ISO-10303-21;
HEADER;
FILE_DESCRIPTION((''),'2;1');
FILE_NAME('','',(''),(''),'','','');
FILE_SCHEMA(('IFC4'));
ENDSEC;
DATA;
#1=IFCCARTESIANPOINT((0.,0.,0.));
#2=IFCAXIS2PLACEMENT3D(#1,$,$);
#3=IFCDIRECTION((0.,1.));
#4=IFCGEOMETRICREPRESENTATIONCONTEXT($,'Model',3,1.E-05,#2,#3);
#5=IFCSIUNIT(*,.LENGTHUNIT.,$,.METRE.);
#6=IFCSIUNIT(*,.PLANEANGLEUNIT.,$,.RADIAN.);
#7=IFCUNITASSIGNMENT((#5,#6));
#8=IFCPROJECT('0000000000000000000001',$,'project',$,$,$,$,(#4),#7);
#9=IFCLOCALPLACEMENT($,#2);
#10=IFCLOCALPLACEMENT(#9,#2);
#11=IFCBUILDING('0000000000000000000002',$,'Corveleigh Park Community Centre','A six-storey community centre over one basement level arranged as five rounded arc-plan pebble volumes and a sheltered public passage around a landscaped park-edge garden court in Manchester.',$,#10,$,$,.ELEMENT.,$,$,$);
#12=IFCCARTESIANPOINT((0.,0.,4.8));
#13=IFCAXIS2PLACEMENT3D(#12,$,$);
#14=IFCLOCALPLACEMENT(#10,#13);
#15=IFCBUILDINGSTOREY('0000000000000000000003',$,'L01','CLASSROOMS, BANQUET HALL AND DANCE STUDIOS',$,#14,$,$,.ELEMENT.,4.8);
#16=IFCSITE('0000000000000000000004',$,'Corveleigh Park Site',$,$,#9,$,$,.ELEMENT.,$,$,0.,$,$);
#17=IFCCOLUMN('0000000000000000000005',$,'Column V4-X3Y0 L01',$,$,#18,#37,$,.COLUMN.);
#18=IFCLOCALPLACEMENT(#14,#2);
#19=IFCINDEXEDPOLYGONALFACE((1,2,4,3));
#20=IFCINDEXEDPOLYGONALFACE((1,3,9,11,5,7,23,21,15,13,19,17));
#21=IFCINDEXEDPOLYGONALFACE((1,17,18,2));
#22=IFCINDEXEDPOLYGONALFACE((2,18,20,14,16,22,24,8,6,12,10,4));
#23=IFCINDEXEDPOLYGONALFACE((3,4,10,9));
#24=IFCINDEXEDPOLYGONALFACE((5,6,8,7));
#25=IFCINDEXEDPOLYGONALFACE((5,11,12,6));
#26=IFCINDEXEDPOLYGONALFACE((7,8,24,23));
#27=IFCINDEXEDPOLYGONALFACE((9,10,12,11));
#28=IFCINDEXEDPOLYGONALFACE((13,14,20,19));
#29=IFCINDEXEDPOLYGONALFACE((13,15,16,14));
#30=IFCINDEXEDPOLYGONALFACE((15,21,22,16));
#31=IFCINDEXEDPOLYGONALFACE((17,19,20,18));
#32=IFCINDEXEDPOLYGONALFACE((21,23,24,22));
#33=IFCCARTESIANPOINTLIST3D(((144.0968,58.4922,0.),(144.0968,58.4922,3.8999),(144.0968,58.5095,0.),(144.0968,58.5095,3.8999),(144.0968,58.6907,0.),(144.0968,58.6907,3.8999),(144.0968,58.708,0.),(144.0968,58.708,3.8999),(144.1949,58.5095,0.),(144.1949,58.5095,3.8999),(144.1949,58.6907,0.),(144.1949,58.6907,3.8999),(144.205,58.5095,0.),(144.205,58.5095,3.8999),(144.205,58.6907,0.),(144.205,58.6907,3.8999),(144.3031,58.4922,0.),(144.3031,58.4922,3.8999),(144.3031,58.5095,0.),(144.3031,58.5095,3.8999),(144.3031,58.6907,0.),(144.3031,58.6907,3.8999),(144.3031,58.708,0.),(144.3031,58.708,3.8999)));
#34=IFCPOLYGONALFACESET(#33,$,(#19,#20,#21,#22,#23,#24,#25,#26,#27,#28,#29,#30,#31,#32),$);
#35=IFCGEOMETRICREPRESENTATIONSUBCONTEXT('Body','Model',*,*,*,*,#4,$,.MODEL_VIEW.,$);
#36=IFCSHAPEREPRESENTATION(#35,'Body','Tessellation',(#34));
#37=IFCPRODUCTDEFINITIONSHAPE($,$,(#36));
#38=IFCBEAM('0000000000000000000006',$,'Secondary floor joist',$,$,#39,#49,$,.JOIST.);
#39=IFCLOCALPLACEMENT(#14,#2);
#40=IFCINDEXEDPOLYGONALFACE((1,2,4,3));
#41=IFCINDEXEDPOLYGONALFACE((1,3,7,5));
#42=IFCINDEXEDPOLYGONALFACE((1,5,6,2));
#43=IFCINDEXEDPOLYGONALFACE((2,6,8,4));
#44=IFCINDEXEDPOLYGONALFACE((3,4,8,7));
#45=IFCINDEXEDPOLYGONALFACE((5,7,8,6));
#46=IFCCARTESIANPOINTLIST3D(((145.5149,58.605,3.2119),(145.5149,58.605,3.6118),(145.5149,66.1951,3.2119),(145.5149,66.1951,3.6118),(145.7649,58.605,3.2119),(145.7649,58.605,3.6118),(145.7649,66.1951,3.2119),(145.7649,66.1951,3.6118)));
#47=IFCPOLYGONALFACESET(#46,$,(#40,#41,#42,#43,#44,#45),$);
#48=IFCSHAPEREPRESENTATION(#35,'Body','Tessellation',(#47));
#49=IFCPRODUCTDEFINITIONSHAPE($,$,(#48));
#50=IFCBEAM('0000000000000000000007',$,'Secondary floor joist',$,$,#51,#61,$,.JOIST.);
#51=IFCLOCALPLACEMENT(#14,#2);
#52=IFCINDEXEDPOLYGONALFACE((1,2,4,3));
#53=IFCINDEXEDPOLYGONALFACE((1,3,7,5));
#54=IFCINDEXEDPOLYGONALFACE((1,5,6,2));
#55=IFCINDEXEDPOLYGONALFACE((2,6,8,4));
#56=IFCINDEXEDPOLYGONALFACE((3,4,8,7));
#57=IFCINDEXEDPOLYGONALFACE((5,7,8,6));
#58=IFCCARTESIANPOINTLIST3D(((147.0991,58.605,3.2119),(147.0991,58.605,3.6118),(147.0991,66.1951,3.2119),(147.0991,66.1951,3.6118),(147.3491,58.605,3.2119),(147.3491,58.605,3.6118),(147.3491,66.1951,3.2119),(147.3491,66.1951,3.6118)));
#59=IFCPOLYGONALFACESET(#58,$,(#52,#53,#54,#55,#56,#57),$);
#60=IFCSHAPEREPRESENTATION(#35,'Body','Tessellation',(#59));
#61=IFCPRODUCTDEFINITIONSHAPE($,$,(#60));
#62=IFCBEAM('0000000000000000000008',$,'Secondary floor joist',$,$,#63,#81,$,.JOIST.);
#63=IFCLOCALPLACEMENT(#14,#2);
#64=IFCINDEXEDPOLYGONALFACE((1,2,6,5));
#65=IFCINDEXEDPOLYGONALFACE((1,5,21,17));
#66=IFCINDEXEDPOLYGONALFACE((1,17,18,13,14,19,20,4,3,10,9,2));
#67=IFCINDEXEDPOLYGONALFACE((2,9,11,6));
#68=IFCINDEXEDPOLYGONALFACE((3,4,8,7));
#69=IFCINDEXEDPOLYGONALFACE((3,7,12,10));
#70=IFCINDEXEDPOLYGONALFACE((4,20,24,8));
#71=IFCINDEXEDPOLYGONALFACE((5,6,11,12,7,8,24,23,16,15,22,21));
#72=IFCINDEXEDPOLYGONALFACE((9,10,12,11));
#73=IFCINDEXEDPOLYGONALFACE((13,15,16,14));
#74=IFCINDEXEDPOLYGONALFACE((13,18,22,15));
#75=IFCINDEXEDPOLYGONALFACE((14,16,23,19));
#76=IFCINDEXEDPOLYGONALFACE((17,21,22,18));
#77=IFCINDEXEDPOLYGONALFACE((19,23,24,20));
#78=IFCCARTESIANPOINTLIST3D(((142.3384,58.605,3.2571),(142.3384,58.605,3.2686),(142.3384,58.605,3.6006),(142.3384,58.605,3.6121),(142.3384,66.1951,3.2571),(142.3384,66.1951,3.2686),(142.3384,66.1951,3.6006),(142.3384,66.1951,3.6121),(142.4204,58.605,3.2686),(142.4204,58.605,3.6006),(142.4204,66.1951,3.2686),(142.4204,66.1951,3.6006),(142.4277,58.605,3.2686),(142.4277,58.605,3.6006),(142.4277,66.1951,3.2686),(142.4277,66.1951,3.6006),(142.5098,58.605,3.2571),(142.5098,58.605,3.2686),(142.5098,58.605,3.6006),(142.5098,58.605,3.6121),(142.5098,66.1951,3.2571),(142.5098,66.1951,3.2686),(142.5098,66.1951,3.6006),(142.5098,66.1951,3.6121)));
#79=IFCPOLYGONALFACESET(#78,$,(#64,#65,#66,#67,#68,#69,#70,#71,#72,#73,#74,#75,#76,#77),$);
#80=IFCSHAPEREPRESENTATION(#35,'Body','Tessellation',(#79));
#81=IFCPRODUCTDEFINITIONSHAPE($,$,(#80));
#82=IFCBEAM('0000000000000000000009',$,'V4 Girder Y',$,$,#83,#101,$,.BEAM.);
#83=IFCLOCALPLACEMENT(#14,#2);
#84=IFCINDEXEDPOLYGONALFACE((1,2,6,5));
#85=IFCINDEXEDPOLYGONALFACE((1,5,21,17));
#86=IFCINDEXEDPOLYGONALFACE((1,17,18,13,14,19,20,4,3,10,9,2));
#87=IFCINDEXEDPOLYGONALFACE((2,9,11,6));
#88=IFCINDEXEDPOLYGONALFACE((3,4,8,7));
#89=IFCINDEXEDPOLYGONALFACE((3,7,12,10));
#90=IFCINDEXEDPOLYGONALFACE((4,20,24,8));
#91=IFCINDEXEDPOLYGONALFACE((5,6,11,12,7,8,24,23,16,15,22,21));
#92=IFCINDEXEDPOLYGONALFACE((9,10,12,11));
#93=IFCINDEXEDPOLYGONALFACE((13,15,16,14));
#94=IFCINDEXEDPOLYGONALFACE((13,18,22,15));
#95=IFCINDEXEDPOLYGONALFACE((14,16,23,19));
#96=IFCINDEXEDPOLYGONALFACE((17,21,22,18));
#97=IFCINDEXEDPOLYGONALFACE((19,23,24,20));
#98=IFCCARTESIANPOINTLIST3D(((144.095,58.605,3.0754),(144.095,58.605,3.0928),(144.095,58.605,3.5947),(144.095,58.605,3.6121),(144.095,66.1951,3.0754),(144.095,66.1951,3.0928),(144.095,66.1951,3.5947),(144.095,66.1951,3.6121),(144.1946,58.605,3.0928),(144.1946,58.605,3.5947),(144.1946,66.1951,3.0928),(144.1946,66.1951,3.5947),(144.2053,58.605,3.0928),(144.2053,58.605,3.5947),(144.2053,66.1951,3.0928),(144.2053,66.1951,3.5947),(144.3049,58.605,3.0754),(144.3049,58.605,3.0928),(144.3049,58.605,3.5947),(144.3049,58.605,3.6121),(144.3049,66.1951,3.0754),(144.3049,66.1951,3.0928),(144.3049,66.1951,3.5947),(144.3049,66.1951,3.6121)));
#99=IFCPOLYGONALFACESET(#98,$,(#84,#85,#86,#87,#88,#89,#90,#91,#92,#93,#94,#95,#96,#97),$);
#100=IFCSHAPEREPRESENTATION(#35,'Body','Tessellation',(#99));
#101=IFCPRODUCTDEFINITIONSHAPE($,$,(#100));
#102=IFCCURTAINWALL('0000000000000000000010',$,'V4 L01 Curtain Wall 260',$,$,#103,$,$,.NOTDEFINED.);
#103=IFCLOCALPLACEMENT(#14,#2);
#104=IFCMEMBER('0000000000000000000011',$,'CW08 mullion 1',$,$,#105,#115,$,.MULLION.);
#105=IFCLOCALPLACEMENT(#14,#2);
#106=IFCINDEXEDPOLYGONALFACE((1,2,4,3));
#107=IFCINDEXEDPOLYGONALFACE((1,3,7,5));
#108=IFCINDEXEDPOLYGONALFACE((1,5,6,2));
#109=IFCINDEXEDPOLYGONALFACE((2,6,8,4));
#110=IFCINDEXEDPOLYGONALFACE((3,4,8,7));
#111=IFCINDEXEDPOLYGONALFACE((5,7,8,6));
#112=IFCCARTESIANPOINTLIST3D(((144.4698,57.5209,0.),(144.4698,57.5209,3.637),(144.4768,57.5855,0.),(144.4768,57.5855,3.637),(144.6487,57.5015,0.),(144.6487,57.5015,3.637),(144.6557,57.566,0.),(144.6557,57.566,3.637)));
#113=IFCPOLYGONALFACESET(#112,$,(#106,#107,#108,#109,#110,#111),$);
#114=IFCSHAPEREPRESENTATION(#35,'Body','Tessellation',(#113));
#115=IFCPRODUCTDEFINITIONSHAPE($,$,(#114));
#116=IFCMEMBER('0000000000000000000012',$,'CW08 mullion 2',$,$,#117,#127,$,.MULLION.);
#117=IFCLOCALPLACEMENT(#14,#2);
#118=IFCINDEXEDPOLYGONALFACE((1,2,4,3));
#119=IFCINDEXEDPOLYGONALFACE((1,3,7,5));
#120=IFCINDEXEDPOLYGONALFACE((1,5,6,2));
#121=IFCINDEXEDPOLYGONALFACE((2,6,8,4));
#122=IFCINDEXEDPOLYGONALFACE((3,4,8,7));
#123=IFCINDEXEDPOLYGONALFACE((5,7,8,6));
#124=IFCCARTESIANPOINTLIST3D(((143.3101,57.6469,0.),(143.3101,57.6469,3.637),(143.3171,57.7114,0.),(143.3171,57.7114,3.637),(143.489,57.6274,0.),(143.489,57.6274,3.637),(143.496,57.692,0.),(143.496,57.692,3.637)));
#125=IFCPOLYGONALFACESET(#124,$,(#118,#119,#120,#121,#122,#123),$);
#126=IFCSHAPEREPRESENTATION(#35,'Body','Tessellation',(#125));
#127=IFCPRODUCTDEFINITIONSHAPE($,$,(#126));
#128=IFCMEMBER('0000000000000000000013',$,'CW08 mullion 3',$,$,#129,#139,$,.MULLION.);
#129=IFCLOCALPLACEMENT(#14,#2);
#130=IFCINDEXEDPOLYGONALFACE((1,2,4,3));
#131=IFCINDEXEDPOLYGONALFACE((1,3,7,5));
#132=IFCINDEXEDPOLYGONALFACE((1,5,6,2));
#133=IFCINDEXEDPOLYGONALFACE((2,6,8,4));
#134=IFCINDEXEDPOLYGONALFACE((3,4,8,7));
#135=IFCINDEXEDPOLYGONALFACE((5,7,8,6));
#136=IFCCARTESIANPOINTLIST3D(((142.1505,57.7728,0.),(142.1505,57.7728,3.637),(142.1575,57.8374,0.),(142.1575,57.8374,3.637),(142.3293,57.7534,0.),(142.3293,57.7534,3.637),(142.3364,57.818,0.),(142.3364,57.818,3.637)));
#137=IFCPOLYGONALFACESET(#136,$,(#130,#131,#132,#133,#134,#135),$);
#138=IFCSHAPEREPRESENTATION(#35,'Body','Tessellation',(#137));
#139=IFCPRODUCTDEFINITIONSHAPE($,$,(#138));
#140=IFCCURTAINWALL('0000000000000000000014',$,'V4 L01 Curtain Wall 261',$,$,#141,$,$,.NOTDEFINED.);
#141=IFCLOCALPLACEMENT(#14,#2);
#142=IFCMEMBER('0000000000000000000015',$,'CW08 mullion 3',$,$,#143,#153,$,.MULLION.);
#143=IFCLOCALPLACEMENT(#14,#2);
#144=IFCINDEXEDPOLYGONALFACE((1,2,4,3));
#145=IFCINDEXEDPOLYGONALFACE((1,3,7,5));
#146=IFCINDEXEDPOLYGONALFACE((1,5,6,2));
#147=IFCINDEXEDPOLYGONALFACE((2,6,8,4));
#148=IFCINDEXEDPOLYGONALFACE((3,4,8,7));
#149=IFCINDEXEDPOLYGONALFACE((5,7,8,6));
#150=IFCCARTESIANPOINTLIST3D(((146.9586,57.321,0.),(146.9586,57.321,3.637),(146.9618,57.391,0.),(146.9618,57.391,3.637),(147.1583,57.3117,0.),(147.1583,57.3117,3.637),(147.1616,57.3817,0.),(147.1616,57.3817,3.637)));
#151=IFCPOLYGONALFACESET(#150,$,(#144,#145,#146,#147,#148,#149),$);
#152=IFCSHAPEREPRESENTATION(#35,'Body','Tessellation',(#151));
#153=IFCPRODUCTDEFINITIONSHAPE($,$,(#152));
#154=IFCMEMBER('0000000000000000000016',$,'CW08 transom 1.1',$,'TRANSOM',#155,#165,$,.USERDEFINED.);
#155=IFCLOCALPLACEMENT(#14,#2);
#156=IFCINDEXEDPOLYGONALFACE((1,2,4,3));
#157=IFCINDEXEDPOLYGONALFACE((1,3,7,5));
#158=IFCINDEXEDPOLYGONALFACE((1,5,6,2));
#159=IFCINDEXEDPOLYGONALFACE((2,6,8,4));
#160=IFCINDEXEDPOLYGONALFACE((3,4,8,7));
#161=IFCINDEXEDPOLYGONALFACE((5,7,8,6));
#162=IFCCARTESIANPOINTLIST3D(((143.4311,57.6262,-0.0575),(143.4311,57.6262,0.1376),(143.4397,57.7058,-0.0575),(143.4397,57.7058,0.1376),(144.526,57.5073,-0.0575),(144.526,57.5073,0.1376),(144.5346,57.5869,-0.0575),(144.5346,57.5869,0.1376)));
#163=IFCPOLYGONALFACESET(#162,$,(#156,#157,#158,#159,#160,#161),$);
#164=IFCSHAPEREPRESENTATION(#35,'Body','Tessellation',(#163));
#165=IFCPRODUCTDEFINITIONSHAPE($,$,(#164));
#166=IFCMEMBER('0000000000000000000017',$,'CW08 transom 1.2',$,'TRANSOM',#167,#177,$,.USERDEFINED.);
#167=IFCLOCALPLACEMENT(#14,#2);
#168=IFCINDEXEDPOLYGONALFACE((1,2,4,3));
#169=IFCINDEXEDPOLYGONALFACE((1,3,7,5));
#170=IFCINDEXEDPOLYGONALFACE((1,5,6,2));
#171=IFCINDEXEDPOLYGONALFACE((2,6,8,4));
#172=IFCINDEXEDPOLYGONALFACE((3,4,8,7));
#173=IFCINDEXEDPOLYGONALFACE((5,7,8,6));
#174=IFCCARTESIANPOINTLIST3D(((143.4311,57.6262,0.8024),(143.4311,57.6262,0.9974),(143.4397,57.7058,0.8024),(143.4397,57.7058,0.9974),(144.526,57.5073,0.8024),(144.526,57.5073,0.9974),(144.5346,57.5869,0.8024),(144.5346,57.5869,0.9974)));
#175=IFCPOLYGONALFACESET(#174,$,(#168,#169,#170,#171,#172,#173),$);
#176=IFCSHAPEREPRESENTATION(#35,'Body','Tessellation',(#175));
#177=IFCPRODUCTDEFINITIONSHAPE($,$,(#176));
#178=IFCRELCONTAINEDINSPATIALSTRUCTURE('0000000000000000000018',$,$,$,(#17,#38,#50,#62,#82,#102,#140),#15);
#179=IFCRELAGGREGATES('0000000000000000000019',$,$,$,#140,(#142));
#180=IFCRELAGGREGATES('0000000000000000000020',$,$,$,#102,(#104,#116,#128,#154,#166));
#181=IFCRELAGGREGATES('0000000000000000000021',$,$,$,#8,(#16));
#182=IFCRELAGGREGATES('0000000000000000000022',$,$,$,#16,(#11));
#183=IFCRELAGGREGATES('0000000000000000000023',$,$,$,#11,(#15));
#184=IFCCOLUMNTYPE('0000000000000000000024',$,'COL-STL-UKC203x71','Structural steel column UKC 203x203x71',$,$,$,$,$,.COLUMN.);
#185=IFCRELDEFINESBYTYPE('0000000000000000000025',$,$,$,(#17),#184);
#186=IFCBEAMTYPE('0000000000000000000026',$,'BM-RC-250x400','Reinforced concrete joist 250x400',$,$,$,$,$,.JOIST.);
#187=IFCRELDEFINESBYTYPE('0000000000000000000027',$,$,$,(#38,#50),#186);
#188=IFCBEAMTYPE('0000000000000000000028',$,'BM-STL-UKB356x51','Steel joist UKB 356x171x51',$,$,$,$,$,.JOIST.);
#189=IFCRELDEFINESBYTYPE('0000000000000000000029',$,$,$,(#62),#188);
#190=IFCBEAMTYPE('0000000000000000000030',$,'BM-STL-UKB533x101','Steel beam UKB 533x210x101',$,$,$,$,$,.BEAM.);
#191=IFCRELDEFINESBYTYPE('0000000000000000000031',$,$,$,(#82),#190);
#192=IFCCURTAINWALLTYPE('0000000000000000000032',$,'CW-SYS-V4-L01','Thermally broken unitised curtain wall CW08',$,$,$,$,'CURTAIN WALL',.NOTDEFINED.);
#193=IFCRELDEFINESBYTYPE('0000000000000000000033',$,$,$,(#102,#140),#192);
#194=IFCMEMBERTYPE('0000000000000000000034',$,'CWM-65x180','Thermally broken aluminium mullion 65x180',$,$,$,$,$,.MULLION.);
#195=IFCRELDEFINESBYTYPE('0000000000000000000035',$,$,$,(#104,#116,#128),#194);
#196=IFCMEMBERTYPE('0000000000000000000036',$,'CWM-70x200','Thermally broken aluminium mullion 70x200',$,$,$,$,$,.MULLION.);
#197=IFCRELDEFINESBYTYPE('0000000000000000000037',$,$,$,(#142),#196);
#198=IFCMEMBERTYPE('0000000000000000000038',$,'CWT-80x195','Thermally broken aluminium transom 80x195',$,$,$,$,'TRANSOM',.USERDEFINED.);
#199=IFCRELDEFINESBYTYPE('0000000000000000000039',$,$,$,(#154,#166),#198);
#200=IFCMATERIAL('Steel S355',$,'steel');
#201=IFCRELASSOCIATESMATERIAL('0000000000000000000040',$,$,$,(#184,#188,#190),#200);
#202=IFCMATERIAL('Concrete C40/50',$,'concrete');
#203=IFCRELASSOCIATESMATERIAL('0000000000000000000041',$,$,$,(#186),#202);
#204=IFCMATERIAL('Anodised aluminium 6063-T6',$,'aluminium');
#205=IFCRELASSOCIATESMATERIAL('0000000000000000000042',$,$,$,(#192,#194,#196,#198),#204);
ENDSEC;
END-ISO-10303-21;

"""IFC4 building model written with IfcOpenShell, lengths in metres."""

from ifc_helpers import new_model, si_unit, direction, frame, origin, origin_2d, place, context, subcontext, project, spatial, rectangle, i_section, extrude, material, material_profile, profile_set, type_object, element, aggregate, save


model = new_model("IFC4")

# Units and contexts
model_context = context("Model", 3, precision=1e-05, world=origin(), true_north=direction((0.0, 1.0)))
body_context = subcontext(model_context, "Body", "Model", "MODEL_VIEW")
ifc_project = project(units=[si_unit("LENGTHUNIT", "METRE"), si_unit("PLANEANGLEUNIT", "RADIAN")], contexts=[model_context])

# Site, building, storey
site_placement = place(None, origin())
site = spatial("IfcSite", under=ifc_project, at=site_placement, Name="Corveleigh Park Site", CompositionType="ELEMENT", RefElevation=0.0)
building_placement = place(site_placement, origin())
building = spatial("IfcBuilding", under=site, at=building_placement, Name="Corveleigh Park Community Centre", Description="A six-storey community centre over one basement level arranged as five rounded arc-plan pebble volumes and a sheltered public passage around a landscaped park-edge garden court in Manchester.", CompositionType="ELEMENT")
storey_placement = place(building_placement, frame((0.0, 0.0, 4.8)))
storey = spatial("IfcBuildingStorey", under=building, at=storey_placement, Name="L01", Description="CLASSROOMS, BANQUET HALL AND DANCE STUDIOS", CompositionType="ELEMENT", Elevation=4.8)

# Column
ifc_material_1 = material(Name="Steel S355", Category="steel")
ifc_material_profile_1 = material_profile(ifc_material_1, i_section(OverallWidth=0.2063, OverallDepth=0.2158, WebThickness=0.01, FlangeThickness=0.0173, at=origin_2d()), Name="UKC 203x203x71", Category="steel")
ifc_profile_set_1 = profile_set([ifc_material_profile_1], Name="Steel S355")
column_type = type_object("IfcColumnType", Name="COL-STL-UKC203x71", Description="Structural steel column UKC 203x203x71", PredefinedType="COLUMN", material=ifc_profile_set_1)
column_placement = place(storey_placement, frame((144.2, 58.6001, 0.0), z_axis=(0.0, 0.0, 1.0), x_axis=(1.0, 0.0, 0.0)))
element("IfcColumn", 1, at=column_placement, inside=storey, type_object=column_type, Name="Column V4-X3Y0 L01", PredefinedType="COLUMN", context=body_context, shape_type="SweptSolid", body=[
    extrude(i_section(OverallWidth=0.2063, OverallDepth=0.2158, WebThickness=0.01, FlangeThickness=0.0173, at=origin_2d()), origin(), (0.0, 0.0, 1.0), 3.8999),
])

# Beams
ifc_material_2 = material(Name="Concrete C40/50", Category="concrete")
ifc_material_profile_2 = material_profile(ifc_material_2, rectangle(XDim=0.25, YDim=0.3999, at=origin_2d()), Name="RC-250x400", Category="concrete")
ifc_profile_set_2 = profile_set([ifc_material_profile_2], Name="Concrete C40/50")
beam_type_1 = type_object("IfcBeamType", Name="BM-RC-250x400", Description="Reinforced concrete joist 250x400", PredefinedType="JOIST", material=ifc_profile_set_2)
for number, where, z_axis, x_axis, name in (
    (2, (145.6399, 58.605, 3.4119), (0.0, 1.0, 0.0), (-1.0, 0.0, 0.0), "Secondary floor joist"),
    (3, (147.2241, 58.605, 3.4119), (0.0, 1.0, 0.0), (-1.0, 0.0, 0.0), "Secondary floor joist"),
):
    element("IfcBeam", number, at=place(storey_placement, frame(where, z_axis=z_axis, x_axis=x_axis)), inside=storey, type_object=beam_type_1, Name=name, PredefinedType="JOIST", context=body_context, shape_type="SweptSolid", body=[
        extrude(rectangle(XDim=0.25, YDim=0.3999, at=origin_2d()), origin(), (0.0, 0.0, 1.0), 7.5901),
    ])
ifc_material_profile_3 = material_profile(ifc_material_1, i_section(OverallWidth=0.1714, OverallDepth=0.355, WebThickness=0.0073, FlangeThickness=0.0115, at=origin_2d()), Name="UKB 356x171x51", Category="steel")
ifc_profile_set_3 = profile_set([ifc_material_profile_3], Name="Steel S355")
beam_type_2 = type_object("IfcBeamType", Name="BM-STL-UKB356x51", Description="Steel joist UKB 356x171x51", PredefinedType="JOIST", material=ifc_profile_set_3)
beam_1_placement = place(storey_placement, frame((142.4241, 58.605, 3.4346), z_axis=(0.0, 1.0, 0.0), x_axis=(-1.0, 0.0, 0.0)))
element("IfcBeam", 4, at=beam_1_placement, inside=storey, type_object=beam_type_2, Name="Secondary floor joist", PredefinedType="JOIST", context=body_context, shape_type="SweptSolid", body=[
    extrude(i_section(OverallWidth=0.1714, OverallDepth=0.355, WebThickness=0.0073, FlangeThickness=0.0115, at=origin_2d()), origin(), (0.0, 0.0, 1.0), 7.5901),
])
ifc_material_profile_4 = material_profile(ifc_material_1, i_section(OverallWidth=0.21, OverallDepth=0.5366, WebThickness=0.0107, FlangeThickness=0.0173, at=origin_2d()), Name="UKB 533x210x101", Category="steel")
ifc_profile_set_4 = profile_set([ifc_material_profile_4], Name="Steel S355")
beam_type_3 = type_object("IfcBeamType", Name="BM-STL-UKB533x101", Description="Steel beam UKB 533x210x101", PredefinedType="BEAM", material=ifc_profile_set_4)
beam_2_placement = place(storey_placement, frame((144.2, 58.605, 3.3438), z_axis=(0.0, 1.0, 0.0), x_axis=(-1.0, 0.0, 0.0)))
element("IfcBeam", 5, at=beam_2_placement, inside=storey, type_object=beam_type_3, Name="V4 Girder Y", PredefinedType="BEAM", context=body_context, shape_type="SweptSolid", body=[
    extrude(i_section(OverallWidth=0.21, OverallDepth=0.5366, WebThickness=0.0107, FlangeThickness=0.0173, at=origin_2d()), origin(), (0.0, 0.0, 1.0), 7.5901),
])

# Curtain wall, members
ifc_material_3 = material(Name="Anodised aluminium 6063-T6", Category="aluminium")
curtain_wall_type = type_object("IfcCurtainWallType", Name="CW-SYS-V4-L01", Description="Thermally broken unitised curtain wall CW08", ElementType="CURTAIN WALL", PredefinedType="NOTDEFINED", material=ifc_material_3)
curtain_wall_1_placement = place(storey_placement, origin())
curtain_wall_1 = element("IfcCurtainWall", 6, at=curtain_wall_1_placement, inside=storey, type_object=curtain_wall_type, Name="V4 L01 Curtain Wall 260", PredefinedType="NOTDEFINED")
ifc_material_profile_5 = material_profile(ifc_material_3, rectangle(XDim=0.0649, YDim=0.1799, at=origin_2d()), Name="ALU-M65x180", Category="aluminium")
ifc_profile_set_5 = profile_set([ifc_material_profile_5], Name="Anodised aluminium 6063-T6")
member_type_1 = type_object("IfcMemberType", Name="CWM-65x180", Description="Thermally broken aluminium mullion 65x180", PredefinedType="MULLION", material=ifc_profile_set_5)
member_1_placement = place(storey_placement, frame((144.5627, 57.5435, 0.0), z_axis=(0.0, 0.0, 1.0), x_axis=(-0.108005, -0.99415, 0.0)))
member_1 = element("IfcMember", 7, at=member_1_placement, type_object=member_type_1, Name="CW08 mullion 1", PredefinedType="MULLION", context=body_context, shape_type="SweptSolid", body=[
    extrude(rectangle(XDim=0.0649, YDim=0.1799, at=origin_2d()), origin(), (0.0, 0.0, 1.0), 3.637),
])
member_2_placement = place(storey_placement, frame((143.4031, 57.6694, 0.0), z_axis=(0.0, 0.0, 1.0), x_axis=(-0.108005, -0.99415, 0.0)))
member_2 = element("IfcMember", 8, at=member_2_placement, type_object=member_type_1, Name="CW08 mullion 2", PredefinedType="MULLION", context=body_context, shape_type="SweptSolid", body=[
    extrude(rectangle(XDim=0.0649, YDim=0.1799, at=origin_2d()), origin(), (0.0, 0.0, 1.0), 3.637),
])
member_3_placement = place(storey_placement, frame((142.2434, 57.7954, 0.0), z_axis=(0.0, 0.0, 1.0), x_axis=(-0.108005, -0.99415, 0.0)))
member_3 = element("IfcMember", 9, at=member_3_placement, type_object=member_type_1, Name="CW08 mullion 3", PredefinedType="MULLION", context=body_context, shape_type="SweptSolid", body=[
    extrude(rectangle(XDim=0.0649, YDim=0.1799, at=origin_2d()), origin(), (0.0, 0.0, 1.0), 3.637),
])

# Curtain wall, member
curtain_wall_2_placement = place(storey_placement, origin())
curtain_wall_2 = element("IfcCurtainWall", 10, at=curtain_wall_2_placement, inside=storey, type_object=curtain_wall_type, Name="V4 L01 Curtain Wall 261", PredefinedType="NOTDEFINED")
ifc_material_profile_6 = material_profile(ifc_material_3, rectangle(XDim=0.0701, YDim=0.2, at=origin_2d()), Name="ALU-M70x200", Category="aluminium")
ifc_profile_set_6 = profile_set([ifc_material_profile_6], Name="Anodised aluminium 6063-T6")
member_type_2 = type_object("IfcMemberType", Name="CWM-70x200", Description="Thermally broken aluminium mullion 70x200", PredefinedType="MULLION", material=ifc_profile_set_6)
member_4_placement = place(storey_placement, frame((147.0601, 57.3513, 0.0), z_axis=(0.0, 0.0, 1.0), x_axis=(-0.046655, -0.998911, 0.0)))
member_4 = element("IfcMember", 11, at=member_4_placement, type_object=member_type_2, Name="CW08 mullion 3", PredefinedType="MULLION", context=body_context, shape_type="SweptSolid", body=[
    extrude(rectangle(XDim=0.0701, YDim=0.2, at=origin_2d()), origin(), (0.0, 0.0, 1.0), 3.637),
])
aggregate(curtain_wall_2, [member_4])

# Members
ifc_material_profile_7 = material_profile(ifc_material_3, rectangle(XDim=0.0801, YDim=0.1951, at=origin_2d()), Name="ALU-T80x195", Category="aluminium")
ifc_profile_set_7 = profile_set([ifc_material_profile_7], Name="Anodised aluminium 6063-T6")
member_type_3 = type_object("IfcMemberType", Name="CWT-80x195", Description="Thermally broken aluminium transom 80x195", ElementType="TRANSOM", PredefinedType="USERDEFINED", material=ifc_profile_set_7)
member_5_placement = place(storey_placement, frame((144.5303, 57.5471, 0.04), z_axis=(-0.994156, 0.10795, 0.0), x_axis=(-0.10795, -0.994156, 0.0)))
member_5 = element("IfcMember", 12, at=member_5_placement, type_object=member_type_3, Name="CW08 transom 1.1", ObjectType="TRANSOM", PredefinedType="USERDEFINED", context=body_context, shape_type="SweptSolid", body=[
    extrude(rectangle(XDim=0.0801, YDim=0.1951, at=origin_2d()), origin(), (0.0, 0.0, 1.0), 1.1013),
])
member_6_placement = place(storey_placement, frame((144.5303, 57.5471, 0.8999), z_axis=(-0.994156, 0.10795, 0.0), x_axis=(-0.10795, -0.994156, 0.0)))
member_6 = element("IfcMember", 13, at=member_6_placement, type_object=member_type_3, Name="CW08 transom 1.2", ObjectType="TRANSOM", PredefinedType="USERDEFINED", context=body_context, shape_type="SweptSolid", body=[
    extrude(rectangle(XDim=0.0801, YDim=0.1951, at=origin_2d()), origin(), (0.0, 0.0, 1.0), 1.1013),
])

aggregate(curtain_wall_1, [member_1, member_2, member_3, member_5, member_6])

save(model, "model.ifc")
